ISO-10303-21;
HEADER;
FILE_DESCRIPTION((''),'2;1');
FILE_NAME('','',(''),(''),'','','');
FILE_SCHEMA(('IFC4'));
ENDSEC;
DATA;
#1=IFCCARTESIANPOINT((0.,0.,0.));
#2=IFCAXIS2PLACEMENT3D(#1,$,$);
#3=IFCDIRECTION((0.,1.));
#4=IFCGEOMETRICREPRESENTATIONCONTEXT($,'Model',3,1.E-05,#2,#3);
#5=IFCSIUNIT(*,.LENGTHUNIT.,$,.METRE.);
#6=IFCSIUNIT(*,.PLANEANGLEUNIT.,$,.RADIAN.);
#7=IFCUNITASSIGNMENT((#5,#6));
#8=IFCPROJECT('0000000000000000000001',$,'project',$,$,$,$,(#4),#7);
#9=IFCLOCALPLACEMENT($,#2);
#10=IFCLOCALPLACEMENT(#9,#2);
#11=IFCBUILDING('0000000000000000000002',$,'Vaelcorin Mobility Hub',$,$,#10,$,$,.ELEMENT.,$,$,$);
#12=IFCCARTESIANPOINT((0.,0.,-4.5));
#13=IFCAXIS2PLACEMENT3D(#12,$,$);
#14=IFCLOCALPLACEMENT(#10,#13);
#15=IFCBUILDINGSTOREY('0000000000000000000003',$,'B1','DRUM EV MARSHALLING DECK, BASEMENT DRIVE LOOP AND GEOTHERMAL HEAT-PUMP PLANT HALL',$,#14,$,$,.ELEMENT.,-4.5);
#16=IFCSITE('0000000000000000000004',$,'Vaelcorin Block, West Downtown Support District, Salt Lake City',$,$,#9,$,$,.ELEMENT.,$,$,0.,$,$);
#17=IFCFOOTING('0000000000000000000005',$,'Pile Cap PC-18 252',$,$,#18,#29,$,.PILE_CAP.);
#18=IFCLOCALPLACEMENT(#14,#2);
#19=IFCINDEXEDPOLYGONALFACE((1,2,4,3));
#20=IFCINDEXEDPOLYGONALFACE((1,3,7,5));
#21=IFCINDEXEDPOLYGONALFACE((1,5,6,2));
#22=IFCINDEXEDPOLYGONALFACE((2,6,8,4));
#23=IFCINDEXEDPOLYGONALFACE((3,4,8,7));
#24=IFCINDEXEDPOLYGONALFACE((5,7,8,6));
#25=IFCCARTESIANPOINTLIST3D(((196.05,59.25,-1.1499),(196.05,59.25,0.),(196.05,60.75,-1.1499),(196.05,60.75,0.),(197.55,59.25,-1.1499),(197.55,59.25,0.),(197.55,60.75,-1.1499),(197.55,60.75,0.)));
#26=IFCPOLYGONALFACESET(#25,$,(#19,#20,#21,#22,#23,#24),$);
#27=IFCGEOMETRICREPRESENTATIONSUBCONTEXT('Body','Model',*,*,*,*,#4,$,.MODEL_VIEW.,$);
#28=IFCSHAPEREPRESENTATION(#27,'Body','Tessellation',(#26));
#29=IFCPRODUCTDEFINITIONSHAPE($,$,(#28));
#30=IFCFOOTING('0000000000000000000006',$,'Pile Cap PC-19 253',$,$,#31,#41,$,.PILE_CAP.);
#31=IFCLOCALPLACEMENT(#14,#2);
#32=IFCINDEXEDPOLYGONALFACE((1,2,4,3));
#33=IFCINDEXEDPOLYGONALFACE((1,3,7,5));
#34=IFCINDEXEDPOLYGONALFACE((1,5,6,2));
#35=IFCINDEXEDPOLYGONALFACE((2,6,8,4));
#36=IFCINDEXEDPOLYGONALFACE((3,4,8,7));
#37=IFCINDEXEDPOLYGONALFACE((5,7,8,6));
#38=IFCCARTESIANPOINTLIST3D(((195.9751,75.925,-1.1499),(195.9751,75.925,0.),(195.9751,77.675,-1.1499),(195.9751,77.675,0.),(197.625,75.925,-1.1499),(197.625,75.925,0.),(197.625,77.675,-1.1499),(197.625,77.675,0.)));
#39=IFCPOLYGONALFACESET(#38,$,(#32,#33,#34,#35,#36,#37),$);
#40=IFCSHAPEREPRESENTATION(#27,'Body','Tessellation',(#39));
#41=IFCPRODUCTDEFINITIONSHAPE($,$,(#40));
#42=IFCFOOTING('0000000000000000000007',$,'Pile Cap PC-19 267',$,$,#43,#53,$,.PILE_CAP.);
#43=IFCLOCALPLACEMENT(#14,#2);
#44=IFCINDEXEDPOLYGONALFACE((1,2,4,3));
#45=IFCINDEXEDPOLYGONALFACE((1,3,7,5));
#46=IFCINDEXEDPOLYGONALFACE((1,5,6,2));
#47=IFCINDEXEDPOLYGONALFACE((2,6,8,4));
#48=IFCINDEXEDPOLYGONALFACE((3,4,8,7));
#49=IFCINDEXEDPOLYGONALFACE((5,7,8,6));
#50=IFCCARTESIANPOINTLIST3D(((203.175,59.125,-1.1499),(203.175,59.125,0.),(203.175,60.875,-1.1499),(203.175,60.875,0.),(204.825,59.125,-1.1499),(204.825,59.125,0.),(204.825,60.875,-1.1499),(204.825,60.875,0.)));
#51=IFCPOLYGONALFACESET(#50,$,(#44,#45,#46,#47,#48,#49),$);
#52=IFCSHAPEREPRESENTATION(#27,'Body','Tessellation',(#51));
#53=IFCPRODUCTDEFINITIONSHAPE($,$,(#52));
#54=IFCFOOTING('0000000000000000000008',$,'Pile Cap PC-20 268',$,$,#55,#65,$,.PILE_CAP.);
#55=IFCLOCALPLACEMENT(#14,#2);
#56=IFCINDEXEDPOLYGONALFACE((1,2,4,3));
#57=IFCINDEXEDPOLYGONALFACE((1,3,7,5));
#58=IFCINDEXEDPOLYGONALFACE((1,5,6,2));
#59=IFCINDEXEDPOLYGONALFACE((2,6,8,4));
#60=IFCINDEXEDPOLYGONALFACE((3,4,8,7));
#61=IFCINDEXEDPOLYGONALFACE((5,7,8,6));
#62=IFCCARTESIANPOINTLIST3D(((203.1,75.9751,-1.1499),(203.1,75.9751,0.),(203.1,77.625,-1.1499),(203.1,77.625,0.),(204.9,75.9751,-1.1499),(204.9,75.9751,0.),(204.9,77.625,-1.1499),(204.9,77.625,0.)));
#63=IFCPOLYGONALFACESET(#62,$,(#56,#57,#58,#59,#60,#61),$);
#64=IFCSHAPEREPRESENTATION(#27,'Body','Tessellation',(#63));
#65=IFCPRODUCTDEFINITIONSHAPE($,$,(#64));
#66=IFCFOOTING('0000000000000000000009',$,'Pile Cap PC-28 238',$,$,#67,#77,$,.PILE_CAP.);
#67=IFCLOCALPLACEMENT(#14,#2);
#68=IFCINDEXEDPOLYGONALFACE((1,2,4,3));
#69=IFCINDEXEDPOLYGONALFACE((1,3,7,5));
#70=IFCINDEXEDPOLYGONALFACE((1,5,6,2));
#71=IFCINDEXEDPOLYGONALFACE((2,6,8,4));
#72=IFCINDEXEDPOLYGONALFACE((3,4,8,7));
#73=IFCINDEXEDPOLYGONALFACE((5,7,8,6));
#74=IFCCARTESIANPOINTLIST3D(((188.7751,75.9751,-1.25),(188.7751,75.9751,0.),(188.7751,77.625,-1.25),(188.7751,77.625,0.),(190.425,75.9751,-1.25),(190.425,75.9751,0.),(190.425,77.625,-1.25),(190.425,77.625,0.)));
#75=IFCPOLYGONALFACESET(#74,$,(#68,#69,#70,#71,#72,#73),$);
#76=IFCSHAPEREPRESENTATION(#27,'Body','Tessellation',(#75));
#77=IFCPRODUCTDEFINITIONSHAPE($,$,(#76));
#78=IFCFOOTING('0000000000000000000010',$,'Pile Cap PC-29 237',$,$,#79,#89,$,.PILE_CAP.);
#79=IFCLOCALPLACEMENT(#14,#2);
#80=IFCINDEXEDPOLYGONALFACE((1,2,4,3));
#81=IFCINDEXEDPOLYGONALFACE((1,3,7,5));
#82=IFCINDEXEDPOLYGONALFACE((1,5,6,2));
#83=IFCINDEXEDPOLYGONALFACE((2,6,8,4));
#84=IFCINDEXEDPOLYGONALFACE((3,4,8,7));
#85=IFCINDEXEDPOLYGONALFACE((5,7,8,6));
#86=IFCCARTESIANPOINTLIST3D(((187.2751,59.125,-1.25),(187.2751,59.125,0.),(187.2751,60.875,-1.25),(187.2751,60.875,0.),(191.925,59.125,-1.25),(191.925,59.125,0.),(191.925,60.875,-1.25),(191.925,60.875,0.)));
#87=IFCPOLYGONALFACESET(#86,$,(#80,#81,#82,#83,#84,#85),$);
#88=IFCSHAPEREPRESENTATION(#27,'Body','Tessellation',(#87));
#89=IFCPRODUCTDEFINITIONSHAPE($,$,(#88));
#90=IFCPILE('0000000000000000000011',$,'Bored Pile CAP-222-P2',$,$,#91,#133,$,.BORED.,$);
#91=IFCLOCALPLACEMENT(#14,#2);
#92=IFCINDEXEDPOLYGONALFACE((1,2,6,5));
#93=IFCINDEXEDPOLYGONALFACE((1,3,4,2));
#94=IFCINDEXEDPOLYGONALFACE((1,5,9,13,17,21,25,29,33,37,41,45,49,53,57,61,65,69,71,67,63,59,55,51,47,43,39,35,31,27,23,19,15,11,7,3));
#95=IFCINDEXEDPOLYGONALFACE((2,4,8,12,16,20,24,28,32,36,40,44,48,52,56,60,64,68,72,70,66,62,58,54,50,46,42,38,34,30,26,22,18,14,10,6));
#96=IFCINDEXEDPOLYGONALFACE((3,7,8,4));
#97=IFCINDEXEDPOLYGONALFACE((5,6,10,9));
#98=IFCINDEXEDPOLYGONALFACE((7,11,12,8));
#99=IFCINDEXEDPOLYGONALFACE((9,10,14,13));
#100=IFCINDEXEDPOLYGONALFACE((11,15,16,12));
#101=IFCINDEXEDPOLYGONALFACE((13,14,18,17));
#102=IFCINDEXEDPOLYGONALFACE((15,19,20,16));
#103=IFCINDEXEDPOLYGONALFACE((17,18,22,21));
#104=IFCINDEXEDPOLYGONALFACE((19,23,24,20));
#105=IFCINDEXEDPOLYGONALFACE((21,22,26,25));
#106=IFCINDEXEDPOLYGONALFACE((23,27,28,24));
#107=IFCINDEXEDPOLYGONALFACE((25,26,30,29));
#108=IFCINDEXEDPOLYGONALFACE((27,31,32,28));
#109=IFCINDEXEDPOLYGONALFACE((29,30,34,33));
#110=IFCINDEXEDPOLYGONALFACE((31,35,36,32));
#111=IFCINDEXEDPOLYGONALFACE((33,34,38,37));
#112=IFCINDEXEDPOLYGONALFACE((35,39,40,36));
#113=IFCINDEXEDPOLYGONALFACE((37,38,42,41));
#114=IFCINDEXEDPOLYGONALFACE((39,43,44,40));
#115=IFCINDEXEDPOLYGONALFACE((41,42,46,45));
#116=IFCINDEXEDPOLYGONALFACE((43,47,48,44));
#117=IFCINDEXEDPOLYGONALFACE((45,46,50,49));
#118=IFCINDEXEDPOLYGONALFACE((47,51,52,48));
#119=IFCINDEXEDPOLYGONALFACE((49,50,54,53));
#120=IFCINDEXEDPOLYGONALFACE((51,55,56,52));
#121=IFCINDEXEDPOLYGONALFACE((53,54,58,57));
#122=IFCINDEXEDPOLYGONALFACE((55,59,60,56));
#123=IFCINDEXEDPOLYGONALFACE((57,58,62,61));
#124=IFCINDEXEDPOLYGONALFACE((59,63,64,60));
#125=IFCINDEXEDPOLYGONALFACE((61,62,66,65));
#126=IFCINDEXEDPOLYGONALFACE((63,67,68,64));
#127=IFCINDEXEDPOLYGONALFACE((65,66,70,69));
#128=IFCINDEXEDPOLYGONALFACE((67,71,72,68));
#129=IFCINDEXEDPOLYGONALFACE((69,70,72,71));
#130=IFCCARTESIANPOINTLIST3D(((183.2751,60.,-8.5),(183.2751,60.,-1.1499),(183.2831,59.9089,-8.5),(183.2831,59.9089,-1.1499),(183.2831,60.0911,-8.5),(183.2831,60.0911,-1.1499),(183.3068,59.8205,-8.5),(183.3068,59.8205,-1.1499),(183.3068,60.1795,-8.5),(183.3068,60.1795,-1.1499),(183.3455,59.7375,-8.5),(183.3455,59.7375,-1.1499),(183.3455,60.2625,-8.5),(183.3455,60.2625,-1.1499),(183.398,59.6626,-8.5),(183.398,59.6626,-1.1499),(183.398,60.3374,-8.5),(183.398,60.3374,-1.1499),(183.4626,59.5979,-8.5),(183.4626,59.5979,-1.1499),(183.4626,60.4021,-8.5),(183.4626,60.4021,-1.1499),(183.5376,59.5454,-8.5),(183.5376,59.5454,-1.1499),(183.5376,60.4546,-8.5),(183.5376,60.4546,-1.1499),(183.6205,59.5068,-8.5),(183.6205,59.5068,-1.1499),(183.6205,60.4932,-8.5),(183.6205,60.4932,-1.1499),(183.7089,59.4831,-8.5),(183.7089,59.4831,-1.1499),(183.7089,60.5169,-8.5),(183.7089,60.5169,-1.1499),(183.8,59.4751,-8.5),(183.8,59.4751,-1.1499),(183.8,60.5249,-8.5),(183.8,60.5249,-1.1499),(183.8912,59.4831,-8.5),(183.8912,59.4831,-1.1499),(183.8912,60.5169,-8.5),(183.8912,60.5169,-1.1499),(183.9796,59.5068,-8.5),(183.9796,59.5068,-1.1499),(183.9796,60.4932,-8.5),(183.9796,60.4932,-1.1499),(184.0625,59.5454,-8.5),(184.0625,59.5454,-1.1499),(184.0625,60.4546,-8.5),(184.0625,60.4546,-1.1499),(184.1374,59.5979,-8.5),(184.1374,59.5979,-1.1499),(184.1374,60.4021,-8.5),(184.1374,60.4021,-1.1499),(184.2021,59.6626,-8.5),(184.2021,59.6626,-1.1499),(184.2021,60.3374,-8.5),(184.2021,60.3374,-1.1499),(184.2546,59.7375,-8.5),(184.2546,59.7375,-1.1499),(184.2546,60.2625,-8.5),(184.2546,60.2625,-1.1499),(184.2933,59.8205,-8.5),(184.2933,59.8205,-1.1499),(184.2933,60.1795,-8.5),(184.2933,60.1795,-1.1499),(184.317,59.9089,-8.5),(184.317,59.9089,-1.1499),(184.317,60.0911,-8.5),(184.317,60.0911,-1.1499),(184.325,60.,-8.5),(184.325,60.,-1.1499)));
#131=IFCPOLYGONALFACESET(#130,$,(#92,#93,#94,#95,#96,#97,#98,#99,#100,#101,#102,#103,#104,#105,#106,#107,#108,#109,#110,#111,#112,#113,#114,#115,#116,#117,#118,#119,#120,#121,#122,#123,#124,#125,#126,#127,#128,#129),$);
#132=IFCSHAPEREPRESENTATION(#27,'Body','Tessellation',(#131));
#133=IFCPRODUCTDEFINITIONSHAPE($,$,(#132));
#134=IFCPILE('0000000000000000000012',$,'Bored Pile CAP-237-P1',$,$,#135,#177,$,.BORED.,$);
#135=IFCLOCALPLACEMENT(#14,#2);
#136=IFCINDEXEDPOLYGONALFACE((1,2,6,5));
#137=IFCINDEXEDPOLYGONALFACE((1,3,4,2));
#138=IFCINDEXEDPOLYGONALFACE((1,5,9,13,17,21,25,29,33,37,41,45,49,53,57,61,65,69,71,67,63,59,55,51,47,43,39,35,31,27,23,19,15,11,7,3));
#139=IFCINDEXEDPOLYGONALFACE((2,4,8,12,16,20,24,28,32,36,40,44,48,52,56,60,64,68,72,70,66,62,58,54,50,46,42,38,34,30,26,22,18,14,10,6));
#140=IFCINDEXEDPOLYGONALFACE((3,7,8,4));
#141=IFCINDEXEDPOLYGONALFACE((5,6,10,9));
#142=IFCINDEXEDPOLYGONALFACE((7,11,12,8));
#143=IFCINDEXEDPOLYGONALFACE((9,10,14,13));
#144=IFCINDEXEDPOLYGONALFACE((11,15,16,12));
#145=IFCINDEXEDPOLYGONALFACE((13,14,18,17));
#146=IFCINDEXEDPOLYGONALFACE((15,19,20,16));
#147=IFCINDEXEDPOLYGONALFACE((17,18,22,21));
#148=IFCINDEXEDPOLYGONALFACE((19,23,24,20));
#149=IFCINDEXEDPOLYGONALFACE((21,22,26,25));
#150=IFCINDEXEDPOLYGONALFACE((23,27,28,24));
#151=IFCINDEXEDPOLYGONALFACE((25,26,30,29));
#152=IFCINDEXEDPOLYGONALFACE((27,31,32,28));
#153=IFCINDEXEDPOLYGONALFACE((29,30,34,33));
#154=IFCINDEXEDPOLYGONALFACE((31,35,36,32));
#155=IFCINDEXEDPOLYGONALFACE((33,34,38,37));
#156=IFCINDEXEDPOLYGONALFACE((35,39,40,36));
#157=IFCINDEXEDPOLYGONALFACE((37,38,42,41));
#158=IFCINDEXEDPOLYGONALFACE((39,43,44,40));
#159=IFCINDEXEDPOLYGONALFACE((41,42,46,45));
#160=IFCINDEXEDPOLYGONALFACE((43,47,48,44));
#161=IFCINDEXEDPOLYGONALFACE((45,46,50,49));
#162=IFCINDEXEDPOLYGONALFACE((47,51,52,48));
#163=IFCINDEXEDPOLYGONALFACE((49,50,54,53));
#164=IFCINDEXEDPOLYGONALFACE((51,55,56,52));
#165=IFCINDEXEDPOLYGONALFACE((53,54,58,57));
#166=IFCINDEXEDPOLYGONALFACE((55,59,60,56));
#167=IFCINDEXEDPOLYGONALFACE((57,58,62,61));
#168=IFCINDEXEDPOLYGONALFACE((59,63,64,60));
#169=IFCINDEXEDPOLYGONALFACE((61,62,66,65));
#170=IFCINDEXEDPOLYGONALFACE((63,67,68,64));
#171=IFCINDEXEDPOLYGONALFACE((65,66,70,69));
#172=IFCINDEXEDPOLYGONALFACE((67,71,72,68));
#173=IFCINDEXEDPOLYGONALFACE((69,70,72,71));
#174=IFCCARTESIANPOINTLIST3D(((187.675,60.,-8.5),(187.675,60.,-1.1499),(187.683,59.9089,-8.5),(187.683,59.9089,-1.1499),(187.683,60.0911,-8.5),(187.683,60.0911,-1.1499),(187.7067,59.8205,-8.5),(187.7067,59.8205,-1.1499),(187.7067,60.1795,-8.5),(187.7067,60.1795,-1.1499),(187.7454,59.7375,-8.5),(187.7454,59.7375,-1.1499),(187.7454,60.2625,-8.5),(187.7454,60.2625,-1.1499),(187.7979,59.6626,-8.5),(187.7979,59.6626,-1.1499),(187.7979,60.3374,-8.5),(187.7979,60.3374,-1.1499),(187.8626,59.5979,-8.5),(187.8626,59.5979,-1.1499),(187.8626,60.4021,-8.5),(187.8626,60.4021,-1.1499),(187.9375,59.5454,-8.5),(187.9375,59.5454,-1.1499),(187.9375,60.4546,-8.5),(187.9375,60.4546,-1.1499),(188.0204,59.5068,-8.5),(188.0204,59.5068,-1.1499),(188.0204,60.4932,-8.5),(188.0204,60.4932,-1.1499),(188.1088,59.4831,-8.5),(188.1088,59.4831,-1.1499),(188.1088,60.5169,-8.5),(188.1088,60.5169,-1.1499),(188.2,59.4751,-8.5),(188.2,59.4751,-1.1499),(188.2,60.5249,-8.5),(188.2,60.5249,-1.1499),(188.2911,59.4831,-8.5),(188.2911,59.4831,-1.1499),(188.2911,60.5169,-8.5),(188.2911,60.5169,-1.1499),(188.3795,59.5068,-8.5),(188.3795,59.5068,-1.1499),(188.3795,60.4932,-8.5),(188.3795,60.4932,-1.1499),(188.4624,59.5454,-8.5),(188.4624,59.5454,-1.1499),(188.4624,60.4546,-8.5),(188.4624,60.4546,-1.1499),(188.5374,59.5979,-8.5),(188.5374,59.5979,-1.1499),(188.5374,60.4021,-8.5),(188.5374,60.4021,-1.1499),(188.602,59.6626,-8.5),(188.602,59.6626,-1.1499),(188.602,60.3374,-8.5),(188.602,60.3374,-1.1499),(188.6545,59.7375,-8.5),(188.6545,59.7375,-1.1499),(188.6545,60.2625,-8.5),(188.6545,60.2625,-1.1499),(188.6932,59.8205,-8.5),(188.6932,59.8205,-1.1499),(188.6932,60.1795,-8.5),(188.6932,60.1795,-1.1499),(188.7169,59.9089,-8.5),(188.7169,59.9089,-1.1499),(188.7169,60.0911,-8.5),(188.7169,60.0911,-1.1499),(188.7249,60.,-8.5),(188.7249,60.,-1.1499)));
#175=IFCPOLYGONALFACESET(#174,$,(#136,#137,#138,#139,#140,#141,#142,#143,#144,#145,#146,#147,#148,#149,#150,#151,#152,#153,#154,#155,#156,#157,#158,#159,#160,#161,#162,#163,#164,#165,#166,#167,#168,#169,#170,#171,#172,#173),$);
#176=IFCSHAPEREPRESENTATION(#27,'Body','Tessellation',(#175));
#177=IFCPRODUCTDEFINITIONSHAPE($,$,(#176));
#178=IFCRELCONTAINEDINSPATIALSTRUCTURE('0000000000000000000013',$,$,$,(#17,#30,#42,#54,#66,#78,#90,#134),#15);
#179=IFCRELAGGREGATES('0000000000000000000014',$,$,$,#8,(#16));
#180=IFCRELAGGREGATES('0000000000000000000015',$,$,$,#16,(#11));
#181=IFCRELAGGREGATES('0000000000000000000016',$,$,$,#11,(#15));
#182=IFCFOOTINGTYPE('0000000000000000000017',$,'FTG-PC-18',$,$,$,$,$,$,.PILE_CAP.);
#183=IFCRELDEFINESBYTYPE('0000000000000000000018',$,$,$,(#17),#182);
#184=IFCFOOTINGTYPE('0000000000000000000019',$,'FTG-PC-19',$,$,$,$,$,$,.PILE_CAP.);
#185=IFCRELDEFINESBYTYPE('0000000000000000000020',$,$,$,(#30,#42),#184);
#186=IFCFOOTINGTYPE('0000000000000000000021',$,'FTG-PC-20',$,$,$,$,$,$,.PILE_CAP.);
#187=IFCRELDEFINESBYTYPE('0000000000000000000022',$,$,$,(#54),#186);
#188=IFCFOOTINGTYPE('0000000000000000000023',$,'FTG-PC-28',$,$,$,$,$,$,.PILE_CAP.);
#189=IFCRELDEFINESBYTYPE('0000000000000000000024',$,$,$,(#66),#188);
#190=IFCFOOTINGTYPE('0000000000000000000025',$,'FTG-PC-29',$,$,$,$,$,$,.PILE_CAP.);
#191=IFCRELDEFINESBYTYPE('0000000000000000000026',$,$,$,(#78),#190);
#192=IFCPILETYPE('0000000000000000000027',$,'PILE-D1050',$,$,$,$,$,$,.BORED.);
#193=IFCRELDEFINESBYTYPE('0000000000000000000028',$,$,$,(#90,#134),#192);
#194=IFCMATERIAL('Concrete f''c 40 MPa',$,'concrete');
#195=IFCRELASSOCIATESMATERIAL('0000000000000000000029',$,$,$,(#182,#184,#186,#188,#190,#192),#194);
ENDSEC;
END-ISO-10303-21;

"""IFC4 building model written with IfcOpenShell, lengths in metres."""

from ifc_helpers import new_model, si_unit, direction, frame, origin, origin_2d, place, context, subcontext, project, spatial, rectangle, circle, extrude, material, material_profile, profile_set, type_object, element, save


model = new_model("IFC4")

# Units and contexts
model_context = context("Model", 3, precision=1e-05, world=origin(), true_north=direction((0.0, 1.0)))
body_context = subcontext(model_context, "Body", "Model", "MODEL_VIEW")
ifc_project = project(units=[si_unit("LENGTHUNIT", "METRE"), si_unit("PLANEANGLEUNIT", "RADIAN")], contexts=[model_context])

# Site, building, storey
site_placement = place(None, origin())
site = spatial("IfcSite", under=ifc_project, at=site_placement, Name="Vaelcorin Block, West Downtown Support District, Salt Lake City", CompositionType="ELEMENT", RefElevation=0.0)
building_placement = place(site_placement, origin())
building = spatial("IfcBuilding", under=site, at=building_placement, Name="Vaelcorin Mobility Hub", CompositionType="ELEMENT")
storey_placement = place(building_placement, frame((0.0, 0.0, -4.5)))
storey = spatial("IfcBuildingStorey", under=building, at=storey_placement, Name="B1", Description="DRUM EV MARSHALLING DECK, BASEMENT DRIVE LOOP AND GEOTHERMAL HEAT-PUMP PLANT HALL", CompositionType="ELEMENT", Elevation=-4.5)

# Footings
ifc_material_1 = material(Name="Concrete f'c 40 MPa", Category="concrete")
footing_type_1 = type_object("IfcFootingType", Name="FTG-PC-18", PredefinedType="PILE_CAP", material=ifc_material_1)
footing_1_placement = place(storey_placement, frame((196.8, 60.0, -1.1499), z_axis=(0.0, 0.0, 1.0), x_axis=(1.0, 0.0, 0.0)))
element("IfcFooting", 1, at=footing_1_placement, inside=storey, type_object=footing_type_1, Name="Pile Cap PC-18 252", PredefinedType="PILE_CAP", context=body_context, shape_type="SweptSolid", body=[
    extrude(rectangle(XDim=1.5, YDim=1.5, at=origin_2d()), origin(), (0.0, 0.0, 1.0), 1.1499),
])
footing_type_2 = type_object("IfcFootingType", Name="FTG-PC-19", PredefinedType="PILE_CAP", material=ifc_material_1)
for number, where, z_axis, x_axis, name in (
    (2, (196.8, 76.8, -1.1499), (0.0, 0.0, 1.0), (1.0, 0.0, 0.0), "Pile Cap PC-19 253"),
    (3, (204.0, 60.0, -1.1499), (0.0, 0.0, 1.0), (1.0, 0.0, 0.0), "Pile Cap PC-19 267"),
):
    element("IfcFooting", number, at=place(storey_placement, frame(where, z_axis=z_axis, x_axis=x_axis)), inside=storey, type_object=footing_type_2, Name=name, PredefinedType="PILE_CAP", context=body_context, shape_type="SweptSolid", body=[
        extrude(rectangle(XDim=1.6499, YDim=1.75, at=origin_2d()), origin(), (0.0, 0.0, 1.0), 1.1499),
    ])
footing_type_3 = type_object("IfcFootingType", Name="FTG-PC-20", PredefinedType="PILE_CAP", material=ifc_material_1)
footing_2_placement = place(storey_placement, frame((204.0, 76.8, -1.1499), z_axis=(0.0, 0.0, 1.0), x_axis=(1.0, 0.0, 0.0)))
element("IfcFooting", 4, at=footing_2_placement, inside=storey, type_object=footing_type_3, Name="Pile Cap PC-20 268", PredefinedType="PILE_CAP", context=body_context, shape_type="SweptSolid", body=[
    extrude(rectangle(XDim=1.8, YDim=1.6499, at=origin_2d()), origin(), (0.0, 0.0, 1.0), 1.1499),
])
footing_type_4 = type_object("IfcFootingType", Name="FTG-PC-28", PredefinedType="PILE_CAP", material=ifc_material_1)
footing_3_placement = place(storey_placement, frame((189.6001, 76.8, -1.25), z_axis=(0.0, 0.0, 1.0), x_axis=(1.0, 0.0, 0.0)))
element("IfcFooting", 5, at=footing_3_placement, inside=storey, type_object=footing_type_4, Name="Pile Cap PC-28 238", PredefinedType="PILE_CAP", context=body_context, shape_type="SweptSolid", body=[
    extrude(rectangle(XDim=1.6499, YDim=1.6499, at=origin_2d()), origin(), (0.0, 0.0, 1.0), 1.25),
])
footing_type_5 = type_object("IfcFootingType", Name="FTG-PC-29", PredefinedType="PILE_CAP", material=ifc_material_1)
footing_4_placement = place(storey_placement, frame((189.6001, 60.0, -1.25), z_axis=(0.0, 0.0, 1.0), x_axis=(1.0, 0.0, 0.0)))
element("IfcFooting", 6, at=footing_4_placement, inside=storey, type_object=footing_type_5, Name="Pile Cap PC-29 237", PredefinedType="PILE_CAP", context=body_context, shape_type="SweptSolid", body=[
    extrude(rectangle(XDim=4.6499, YDim=1.75, at=origin_2d()), origin(), (0.0, 0.0, 1.0), 1.25),
])

# Piles
ifc_material_profile_1 = material_profile(ifc_material_1, circle(Radius=0.5249, at=origin_2d()), Name="BP-D1050")
ifc_profile_set_1 = profile_set([ifc_material_profile_1], Name="Concrete f'c 40 MPa")
pile_type_1 = type_object("IfcPileType", Name="PILE-D1050", PredefinedType="BORED", material=ifc_profile_set_1)
for number, where, z_axis, x_axis, name in (
    (7, (183.8, 60.0, -1.1499), (0.0, 0.0, -1.0), (1.0, 0.0, 0.0), "Bored Pile CAP-222-P2"),
    (8, (188.2, 60.0, -1.1499), (0.0, 0.0, -1.0), (1.0, 0.0, 0.0), "Bored Pile CAP-237-P1"),
):
    element("IfcPile", number, at=place(storey_placement, frame(where, z_axis=z_axis, x_axis=x_axis)), inside=storey, type_object=pile_type_1, Name=name, PredefinedType="BORED", context=body_context, shape_type="SweptSolid", body=[
        extrude(circle(Radius=0.5249, at=origin_2d()), origin(), (0.0, 0.0, 1.0), 7.3501),
    ])

save(model, "model.ifc")
